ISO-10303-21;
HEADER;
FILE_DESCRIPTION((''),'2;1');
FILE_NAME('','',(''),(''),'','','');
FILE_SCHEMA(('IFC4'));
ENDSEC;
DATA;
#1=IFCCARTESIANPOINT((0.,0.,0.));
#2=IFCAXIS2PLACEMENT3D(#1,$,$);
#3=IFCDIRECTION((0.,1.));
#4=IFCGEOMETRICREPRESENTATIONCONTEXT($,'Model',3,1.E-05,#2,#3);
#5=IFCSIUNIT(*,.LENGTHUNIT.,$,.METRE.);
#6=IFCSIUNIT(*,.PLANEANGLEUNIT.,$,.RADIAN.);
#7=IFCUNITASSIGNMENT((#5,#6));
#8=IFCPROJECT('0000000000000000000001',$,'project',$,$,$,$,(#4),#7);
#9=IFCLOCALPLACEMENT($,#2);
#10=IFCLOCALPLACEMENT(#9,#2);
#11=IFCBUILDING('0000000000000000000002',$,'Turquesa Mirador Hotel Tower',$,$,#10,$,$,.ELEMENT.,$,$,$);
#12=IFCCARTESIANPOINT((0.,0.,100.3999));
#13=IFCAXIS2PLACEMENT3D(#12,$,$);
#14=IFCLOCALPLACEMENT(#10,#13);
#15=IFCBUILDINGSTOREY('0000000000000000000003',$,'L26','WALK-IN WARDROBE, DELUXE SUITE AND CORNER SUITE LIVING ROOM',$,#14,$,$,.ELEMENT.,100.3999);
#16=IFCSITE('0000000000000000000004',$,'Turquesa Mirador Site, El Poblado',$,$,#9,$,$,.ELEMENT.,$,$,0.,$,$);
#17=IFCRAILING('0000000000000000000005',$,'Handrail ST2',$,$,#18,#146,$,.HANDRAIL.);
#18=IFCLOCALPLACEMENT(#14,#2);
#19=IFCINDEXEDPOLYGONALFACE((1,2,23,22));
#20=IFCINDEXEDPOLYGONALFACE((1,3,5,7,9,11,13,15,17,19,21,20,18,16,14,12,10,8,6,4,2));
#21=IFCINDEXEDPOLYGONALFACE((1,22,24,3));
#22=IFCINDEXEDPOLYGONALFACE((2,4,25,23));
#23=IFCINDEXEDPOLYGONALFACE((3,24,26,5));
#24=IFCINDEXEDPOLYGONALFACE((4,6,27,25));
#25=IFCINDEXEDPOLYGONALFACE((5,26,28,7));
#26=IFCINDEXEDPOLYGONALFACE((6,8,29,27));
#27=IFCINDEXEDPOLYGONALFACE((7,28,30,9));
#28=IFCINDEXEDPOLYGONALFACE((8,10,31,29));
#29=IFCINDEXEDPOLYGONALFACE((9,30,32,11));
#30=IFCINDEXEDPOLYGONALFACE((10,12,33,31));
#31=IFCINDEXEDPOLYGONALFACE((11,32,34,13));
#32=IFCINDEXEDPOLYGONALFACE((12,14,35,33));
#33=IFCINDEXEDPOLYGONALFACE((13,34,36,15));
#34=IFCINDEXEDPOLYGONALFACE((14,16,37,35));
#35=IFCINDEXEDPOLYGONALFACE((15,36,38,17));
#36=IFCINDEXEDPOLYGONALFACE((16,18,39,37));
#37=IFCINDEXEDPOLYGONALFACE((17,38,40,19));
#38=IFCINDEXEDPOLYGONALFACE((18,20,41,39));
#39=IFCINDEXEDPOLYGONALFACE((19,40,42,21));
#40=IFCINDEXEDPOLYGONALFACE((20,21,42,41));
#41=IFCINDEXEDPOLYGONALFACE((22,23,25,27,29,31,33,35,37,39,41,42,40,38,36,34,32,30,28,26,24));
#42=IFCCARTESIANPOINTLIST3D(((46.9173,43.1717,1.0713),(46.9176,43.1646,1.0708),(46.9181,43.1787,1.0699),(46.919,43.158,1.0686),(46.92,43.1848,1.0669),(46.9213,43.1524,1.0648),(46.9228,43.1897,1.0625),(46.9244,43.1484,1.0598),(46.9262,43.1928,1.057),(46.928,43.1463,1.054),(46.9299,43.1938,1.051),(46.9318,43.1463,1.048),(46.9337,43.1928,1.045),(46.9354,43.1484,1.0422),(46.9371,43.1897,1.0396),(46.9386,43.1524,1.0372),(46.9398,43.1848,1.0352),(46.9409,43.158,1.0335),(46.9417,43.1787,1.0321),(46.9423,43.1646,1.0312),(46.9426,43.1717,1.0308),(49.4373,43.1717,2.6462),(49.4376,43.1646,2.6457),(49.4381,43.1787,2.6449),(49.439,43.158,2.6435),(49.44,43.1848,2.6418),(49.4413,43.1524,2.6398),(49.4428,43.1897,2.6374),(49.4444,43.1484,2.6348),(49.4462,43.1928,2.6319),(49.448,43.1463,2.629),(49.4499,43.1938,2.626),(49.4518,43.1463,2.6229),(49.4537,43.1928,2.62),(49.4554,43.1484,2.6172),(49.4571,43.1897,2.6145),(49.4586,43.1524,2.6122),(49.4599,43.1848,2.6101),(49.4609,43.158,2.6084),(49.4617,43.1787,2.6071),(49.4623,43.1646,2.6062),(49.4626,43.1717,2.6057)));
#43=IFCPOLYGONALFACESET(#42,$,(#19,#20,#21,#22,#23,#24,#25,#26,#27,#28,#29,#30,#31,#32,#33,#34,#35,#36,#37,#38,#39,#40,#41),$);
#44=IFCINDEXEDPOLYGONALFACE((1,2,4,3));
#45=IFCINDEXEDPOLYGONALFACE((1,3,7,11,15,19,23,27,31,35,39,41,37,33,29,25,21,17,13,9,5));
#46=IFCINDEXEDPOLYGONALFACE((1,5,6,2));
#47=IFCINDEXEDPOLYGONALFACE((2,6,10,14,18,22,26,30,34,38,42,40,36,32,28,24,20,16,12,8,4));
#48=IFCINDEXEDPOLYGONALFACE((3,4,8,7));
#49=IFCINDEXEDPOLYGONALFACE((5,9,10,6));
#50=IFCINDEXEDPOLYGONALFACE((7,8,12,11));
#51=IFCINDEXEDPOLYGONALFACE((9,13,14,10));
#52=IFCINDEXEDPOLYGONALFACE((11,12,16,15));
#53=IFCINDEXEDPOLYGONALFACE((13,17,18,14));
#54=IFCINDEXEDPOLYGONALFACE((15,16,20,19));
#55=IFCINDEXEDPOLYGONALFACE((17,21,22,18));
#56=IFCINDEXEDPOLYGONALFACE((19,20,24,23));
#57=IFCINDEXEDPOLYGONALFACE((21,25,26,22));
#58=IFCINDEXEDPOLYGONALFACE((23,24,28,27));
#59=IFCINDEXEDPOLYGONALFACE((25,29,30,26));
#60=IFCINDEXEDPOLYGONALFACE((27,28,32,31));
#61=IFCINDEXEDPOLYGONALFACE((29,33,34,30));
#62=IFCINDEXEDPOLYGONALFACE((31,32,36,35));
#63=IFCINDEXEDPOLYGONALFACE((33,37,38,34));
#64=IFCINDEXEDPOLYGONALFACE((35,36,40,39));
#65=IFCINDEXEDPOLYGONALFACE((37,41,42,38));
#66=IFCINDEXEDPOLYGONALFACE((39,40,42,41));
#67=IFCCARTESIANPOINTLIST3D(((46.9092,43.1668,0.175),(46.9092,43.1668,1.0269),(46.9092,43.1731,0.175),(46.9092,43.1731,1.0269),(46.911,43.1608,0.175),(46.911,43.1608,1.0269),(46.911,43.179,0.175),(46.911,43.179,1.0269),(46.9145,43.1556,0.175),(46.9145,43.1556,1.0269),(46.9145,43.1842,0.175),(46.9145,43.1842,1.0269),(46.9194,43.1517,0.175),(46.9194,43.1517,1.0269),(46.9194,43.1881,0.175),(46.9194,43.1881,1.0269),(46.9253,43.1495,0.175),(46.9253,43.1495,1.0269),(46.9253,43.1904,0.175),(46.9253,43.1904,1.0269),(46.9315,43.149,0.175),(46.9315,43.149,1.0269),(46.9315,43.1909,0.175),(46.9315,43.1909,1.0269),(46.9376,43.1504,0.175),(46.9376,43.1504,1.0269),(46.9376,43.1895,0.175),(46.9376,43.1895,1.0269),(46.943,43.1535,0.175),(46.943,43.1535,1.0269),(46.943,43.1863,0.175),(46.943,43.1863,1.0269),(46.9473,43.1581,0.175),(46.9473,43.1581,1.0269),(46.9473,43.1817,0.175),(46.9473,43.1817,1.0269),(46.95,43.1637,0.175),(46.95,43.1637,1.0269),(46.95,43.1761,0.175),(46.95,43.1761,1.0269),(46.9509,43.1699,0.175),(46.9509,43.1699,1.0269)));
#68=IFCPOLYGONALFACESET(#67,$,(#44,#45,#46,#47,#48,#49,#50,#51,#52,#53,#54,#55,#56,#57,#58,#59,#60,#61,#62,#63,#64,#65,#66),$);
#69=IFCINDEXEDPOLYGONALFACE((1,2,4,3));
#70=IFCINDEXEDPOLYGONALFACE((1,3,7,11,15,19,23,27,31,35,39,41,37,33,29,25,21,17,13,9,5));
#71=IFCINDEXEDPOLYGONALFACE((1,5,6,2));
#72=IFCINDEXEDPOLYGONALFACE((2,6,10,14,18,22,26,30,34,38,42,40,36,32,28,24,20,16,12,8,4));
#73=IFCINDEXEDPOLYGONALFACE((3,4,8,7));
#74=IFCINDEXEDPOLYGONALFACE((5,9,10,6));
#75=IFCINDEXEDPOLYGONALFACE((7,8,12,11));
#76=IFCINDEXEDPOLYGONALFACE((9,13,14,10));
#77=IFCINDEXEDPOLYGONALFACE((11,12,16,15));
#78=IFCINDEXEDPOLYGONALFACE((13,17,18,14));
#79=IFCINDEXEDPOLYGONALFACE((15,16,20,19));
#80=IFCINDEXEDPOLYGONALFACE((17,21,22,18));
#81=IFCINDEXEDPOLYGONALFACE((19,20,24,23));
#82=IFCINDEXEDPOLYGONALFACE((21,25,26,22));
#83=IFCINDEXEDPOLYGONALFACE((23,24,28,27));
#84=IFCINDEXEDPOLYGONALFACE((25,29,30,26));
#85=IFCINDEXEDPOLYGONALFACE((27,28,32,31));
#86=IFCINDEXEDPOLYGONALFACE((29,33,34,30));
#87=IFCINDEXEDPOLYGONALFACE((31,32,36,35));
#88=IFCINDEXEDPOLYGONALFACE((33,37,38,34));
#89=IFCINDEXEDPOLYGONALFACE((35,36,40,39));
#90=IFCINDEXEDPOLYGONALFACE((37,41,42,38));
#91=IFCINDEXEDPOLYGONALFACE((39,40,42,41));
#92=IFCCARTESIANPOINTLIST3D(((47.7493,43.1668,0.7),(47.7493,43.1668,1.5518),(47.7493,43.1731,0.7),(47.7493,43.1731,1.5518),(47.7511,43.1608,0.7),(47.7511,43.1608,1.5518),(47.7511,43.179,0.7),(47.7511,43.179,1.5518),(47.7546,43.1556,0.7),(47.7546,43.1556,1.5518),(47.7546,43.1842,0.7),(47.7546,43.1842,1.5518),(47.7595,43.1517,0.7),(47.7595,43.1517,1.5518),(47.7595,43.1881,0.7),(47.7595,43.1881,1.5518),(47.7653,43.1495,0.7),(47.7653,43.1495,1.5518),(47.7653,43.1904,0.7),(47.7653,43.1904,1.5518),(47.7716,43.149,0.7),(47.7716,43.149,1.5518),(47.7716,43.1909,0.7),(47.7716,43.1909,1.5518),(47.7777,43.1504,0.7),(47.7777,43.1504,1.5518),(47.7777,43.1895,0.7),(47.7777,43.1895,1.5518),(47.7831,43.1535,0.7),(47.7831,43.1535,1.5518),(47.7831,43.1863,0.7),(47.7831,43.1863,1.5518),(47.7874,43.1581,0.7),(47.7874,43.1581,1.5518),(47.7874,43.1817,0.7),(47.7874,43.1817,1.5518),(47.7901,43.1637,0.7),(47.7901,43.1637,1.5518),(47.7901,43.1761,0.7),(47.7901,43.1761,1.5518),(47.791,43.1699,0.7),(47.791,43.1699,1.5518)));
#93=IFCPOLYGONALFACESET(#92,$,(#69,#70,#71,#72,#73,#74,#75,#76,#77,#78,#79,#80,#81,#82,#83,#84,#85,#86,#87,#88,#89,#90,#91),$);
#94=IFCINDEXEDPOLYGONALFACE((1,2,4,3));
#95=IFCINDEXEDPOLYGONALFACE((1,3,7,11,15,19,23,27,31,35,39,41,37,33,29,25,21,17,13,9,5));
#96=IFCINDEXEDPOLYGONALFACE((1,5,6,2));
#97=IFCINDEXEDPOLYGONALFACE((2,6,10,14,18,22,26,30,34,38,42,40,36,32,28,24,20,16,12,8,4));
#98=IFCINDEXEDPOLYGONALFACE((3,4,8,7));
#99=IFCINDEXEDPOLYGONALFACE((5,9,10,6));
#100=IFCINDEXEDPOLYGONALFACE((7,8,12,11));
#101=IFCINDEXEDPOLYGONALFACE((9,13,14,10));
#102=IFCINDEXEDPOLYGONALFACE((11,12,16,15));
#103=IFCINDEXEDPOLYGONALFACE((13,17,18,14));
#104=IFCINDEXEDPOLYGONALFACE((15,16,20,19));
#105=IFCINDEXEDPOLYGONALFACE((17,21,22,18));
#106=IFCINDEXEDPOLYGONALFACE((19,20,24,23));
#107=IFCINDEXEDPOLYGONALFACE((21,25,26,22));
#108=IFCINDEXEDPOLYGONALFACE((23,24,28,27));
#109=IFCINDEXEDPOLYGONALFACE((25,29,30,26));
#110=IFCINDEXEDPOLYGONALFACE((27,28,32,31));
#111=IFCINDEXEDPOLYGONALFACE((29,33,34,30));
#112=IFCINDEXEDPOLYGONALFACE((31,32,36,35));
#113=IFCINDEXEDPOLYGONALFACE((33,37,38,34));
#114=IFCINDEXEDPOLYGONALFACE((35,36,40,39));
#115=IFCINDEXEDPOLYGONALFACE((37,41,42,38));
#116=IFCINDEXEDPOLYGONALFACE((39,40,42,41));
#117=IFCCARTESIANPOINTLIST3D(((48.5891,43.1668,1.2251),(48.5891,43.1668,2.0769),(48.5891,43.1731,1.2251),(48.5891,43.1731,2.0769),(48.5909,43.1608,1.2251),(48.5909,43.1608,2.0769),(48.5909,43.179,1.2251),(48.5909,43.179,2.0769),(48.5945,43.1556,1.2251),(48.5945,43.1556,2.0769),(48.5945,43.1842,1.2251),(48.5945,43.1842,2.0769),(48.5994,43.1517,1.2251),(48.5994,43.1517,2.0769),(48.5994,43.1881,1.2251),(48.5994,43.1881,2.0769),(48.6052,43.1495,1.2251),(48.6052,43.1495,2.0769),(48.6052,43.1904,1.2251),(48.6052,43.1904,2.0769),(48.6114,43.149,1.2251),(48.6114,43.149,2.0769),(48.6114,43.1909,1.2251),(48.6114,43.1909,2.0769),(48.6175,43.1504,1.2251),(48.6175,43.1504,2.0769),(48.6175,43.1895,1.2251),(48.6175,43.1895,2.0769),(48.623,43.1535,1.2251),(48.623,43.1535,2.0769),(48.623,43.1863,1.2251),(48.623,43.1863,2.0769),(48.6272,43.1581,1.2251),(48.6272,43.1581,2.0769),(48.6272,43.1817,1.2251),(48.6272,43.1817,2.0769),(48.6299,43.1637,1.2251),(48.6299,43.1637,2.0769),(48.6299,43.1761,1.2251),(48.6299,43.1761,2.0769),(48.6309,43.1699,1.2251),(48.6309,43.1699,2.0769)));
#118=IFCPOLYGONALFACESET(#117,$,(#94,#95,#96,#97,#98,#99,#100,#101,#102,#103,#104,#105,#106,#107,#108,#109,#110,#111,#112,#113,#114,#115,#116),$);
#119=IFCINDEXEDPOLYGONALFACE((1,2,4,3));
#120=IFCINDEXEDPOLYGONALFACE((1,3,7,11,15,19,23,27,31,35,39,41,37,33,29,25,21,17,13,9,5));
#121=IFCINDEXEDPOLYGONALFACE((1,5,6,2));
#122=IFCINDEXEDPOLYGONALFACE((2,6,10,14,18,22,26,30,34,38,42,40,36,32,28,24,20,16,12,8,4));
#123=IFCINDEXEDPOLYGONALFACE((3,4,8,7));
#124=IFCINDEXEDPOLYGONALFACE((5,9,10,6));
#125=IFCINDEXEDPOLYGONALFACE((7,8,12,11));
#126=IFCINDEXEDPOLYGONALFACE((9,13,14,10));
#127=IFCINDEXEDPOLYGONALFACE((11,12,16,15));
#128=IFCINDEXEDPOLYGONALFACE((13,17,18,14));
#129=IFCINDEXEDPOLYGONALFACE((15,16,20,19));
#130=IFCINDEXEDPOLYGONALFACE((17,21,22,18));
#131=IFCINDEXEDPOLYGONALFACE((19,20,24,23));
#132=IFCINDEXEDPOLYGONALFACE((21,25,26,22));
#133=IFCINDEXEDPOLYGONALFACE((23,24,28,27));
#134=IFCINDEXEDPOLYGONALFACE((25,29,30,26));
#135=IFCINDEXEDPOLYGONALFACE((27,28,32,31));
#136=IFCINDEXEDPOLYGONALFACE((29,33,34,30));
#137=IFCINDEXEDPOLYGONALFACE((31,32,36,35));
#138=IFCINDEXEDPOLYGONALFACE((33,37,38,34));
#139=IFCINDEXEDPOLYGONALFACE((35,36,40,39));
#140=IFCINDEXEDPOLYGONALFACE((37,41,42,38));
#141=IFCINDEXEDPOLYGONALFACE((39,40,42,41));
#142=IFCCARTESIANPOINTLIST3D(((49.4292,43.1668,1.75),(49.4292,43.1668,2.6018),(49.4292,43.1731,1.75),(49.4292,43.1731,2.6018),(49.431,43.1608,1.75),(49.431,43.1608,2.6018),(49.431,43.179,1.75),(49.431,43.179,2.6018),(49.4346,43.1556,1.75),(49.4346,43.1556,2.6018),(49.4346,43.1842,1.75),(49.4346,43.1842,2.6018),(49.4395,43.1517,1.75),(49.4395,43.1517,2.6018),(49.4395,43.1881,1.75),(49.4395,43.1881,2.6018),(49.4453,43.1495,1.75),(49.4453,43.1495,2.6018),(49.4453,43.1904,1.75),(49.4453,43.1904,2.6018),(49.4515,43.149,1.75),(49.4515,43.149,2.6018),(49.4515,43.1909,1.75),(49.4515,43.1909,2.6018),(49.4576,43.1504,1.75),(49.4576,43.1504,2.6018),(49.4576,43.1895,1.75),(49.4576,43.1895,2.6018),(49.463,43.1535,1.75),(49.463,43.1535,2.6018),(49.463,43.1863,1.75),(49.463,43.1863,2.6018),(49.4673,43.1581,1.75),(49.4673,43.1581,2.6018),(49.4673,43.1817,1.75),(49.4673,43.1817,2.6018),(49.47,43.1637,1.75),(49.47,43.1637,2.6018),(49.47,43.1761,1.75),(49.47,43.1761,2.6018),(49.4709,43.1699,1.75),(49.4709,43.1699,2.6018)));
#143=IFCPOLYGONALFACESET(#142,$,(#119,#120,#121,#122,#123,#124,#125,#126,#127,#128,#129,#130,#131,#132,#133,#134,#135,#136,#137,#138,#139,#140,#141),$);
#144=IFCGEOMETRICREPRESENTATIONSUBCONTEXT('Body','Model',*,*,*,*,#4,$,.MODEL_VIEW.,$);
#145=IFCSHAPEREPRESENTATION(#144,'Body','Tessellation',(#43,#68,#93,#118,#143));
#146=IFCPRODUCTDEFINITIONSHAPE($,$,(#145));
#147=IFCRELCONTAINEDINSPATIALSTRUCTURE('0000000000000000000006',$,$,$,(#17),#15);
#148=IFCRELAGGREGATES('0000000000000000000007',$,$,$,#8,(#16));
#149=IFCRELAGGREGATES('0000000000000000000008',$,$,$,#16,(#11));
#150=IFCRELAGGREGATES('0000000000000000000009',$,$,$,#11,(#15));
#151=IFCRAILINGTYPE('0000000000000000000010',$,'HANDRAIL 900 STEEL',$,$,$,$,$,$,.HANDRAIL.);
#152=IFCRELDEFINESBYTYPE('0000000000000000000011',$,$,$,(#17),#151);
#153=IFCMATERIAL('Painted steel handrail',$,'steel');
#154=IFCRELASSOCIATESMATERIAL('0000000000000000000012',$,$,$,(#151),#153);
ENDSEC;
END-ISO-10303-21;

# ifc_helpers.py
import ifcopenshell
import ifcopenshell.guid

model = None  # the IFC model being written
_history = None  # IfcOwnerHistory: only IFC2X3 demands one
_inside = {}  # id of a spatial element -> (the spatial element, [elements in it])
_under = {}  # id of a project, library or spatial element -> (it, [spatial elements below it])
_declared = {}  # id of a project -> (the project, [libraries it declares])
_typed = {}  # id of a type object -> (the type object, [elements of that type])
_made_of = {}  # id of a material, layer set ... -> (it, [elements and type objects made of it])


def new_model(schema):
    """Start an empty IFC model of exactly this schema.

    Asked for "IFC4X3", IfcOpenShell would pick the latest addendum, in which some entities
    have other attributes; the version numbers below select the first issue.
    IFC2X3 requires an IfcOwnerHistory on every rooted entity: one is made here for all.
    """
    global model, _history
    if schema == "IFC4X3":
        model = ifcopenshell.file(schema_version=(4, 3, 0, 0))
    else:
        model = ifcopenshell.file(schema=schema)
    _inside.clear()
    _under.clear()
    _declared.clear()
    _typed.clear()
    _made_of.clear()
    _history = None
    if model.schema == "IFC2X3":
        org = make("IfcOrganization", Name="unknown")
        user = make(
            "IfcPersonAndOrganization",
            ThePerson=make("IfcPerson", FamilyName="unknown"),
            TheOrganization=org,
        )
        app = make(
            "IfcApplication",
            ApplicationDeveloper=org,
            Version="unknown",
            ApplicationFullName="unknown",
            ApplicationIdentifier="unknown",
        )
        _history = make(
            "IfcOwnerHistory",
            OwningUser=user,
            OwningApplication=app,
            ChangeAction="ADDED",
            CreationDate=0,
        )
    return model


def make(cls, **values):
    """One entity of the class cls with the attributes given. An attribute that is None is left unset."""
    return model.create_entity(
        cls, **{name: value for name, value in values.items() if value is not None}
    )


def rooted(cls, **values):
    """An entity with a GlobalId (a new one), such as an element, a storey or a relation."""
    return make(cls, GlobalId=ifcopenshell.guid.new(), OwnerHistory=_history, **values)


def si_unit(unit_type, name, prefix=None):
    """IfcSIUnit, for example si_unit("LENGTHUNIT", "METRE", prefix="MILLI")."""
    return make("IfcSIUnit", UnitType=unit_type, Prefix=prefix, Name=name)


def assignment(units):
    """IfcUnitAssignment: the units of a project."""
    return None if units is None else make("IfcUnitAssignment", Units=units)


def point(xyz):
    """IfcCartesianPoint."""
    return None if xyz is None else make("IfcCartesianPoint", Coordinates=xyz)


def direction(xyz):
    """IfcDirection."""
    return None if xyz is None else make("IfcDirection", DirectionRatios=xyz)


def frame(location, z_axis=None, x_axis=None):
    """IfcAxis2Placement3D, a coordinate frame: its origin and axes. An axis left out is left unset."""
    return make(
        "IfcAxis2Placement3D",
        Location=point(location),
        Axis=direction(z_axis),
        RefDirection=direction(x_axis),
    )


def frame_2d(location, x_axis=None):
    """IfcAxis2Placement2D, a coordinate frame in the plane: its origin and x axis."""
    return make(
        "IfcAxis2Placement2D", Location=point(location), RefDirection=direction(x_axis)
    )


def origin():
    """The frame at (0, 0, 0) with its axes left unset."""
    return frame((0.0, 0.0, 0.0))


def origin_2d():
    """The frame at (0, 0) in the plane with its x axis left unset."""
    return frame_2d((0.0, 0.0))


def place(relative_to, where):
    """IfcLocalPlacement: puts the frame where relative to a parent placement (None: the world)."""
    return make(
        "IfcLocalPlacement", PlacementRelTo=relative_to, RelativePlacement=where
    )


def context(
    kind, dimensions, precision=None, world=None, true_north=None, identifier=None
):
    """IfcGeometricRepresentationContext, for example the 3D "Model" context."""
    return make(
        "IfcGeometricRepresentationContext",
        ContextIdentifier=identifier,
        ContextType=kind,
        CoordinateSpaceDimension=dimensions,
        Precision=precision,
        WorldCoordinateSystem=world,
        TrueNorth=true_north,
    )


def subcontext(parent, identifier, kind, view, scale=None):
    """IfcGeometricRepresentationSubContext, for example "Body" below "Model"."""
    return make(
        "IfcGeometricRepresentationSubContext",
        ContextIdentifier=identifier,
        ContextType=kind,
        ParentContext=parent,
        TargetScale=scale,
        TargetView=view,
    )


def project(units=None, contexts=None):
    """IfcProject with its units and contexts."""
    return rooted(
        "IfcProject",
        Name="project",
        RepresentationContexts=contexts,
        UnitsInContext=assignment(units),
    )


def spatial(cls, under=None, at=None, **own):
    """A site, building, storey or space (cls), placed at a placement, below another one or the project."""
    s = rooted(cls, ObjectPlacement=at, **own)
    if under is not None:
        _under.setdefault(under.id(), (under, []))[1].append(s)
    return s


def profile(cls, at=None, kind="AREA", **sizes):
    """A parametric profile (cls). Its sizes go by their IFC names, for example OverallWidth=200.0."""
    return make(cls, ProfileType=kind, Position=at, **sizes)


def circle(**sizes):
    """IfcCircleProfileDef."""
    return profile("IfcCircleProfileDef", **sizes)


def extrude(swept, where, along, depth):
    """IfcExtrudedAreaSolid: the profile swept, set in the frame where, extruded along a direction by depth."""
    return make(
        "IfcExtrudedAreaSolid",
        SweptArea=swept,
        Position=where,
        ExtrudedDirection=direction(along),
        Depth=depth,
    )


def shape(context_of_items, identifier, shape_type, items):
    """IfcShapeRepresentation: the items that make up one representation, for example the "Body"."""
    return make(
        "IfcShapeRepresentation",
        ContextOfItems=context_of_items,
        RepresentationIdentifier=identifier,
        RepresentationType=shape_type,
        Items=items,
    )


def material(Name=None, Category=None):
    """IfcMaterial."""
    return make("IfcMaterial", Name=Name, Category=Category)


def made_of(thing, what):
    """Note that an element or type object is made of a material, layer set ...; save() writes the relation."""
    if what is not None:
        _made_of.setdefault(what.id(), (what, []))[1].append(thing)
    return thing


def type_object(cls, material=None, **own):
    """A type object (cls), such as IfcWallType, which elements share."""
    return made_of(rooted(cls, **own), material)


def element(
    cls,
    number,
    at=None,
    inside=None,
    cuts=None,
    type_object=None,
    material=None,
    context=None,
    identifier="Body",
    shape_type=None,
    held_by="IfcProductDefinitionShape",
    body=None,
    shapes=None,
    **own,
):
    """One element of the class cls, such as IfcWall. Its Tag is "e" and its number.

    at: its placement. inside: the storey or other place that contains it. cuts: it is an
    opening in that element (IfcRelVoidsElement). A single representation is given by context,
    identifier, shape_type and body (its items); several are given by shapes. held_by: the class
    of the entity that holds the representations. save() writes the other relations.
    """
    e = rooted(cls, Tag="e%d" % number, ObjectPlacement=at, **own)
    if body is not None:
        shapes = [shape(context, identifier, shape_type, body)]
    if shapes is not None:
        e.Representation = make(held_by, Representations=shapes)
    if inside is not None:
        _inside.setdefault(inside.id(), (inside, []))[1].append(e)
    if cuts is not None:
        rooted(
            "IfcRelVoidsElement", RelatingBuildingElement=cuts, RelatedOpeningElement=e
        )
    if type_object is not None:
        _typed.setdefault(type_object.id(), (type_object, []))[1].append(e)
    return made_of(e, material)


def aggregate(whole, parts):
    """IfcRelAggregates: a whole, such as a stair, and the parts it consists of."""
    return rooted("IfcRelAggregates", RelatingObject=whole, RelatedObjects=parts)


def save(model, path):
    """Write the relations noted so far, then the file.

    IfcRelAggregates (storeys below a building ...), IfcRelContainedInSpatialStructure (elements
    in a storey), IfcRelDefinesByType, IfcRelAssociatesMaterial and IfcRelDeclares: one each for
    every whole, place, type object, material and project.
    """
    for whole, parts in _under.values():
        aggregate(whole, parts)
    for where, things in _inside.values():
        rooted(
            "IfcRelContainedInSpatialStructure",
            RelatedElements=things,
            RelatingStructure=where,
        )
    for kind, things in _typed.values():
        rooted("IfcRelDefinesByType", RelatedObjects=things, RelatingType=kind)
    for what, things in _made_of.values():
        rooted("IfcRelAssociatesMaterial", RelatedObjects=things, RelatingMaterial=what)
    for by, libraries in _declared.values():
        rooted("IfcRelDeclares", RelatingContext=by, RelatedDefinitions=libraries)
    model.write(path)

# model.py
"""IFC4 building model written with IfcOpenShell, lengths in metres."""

from ifc_helpers import new_model, si_unit, direction, frame, origin, origin_2d, place, context, subcontext, project, spatial, circle, extrude, material, type_object, element, save


model = new_model("IFC4")

# Units and contexts
model_context = context("Model", 3, precision=1e-05, world=origin(), true_north=direction((0.0, 1.0)))
body_context = subcontext(model_context, "Body", "Model", "MODEL_VIEW")
ifc_project = project(units=[si_unit("LENGTHUNIT", "METRE"), si_unit("PLANEANGLEUNIT", "RADIAN")], contexts=[model_context])

# Site, building, storey
site_placement = place(None, origin())
site = spatial("IfcSite", under=ifc_project, at=site_placement, Name="Turquesa Mirador Site, El Poblado", CompositionType="ELEMENT", RefElevation=0.0)
building_placement = place(site_placement, origin())
building = spatial("IfcBuilding", under=site, at=building_placement, Name="Turquesa Mirador Hotel Tower", CompositionType="ELEMENT")
storey_placement = place(building_placement, frame((0.0, 0.0, 100.3999)))
storey = spatial("IfcBuildingStorey", under=building, at=storey_placement, Name="L26", Description="WALK-IN WARDROBE, DELUXE SUITE AND CORNER SUITE LIVING ROOM", CompositionType="ELEMENT", Elevation=100.3999)

# Railing
ifc_material_1 = material(Name="Painted steel handrail", Category="steel")
railing_type = type_object("IfcRailingType", Name="HANDRAIL 900 STEEL", PredefinedType="HANDRAIL", material=ifc_material_1)
for number, where, name in (
    (1, (46.9299, 43.1699, 0.175), "Handrail ST2"),
):
    element("IfcRailing", number, at=place(storey_placement, frame(where)), inside=storey, type_object=railing_type, Name=name, PredefinedType="HANDRAIL", context=body_context, shape_type="SweptSolid", body=[
        extrude(circle(Radius=0.0239, at=origin_2d()), frame((0.0, 0.0, 0.876), z_axis=(0.848008, 0.0, 0.529984), x_axis=(0.0, 1.0, 0.0)), (0.0, 0.0, 1.0), 2.9717),
        extrude(circle(Radius=0.021, at=origin_2d()), origin(), (0.0, 0.0, 1.0), 0.8518),
        extrude(circle(Radius=0.021, at=origin_2d()), frame((0.8401, 0.0, 0.5249)), (0.0, 0.0, 1.0), 0.8518),
        extrude(circle(Radius=0.021, at=origin_2d()), frame((1.6799, 0.0, 1.05)), (0.0, 0.0, 1.0), 0.8518),
        extrude(circle(Radius=0.021, at=origin_2d()), frame((2.52, 0.0, 1.575)), (0.0, 0.0, 1.0), 0.8518),
    ])

save(model, "model.ifc")
